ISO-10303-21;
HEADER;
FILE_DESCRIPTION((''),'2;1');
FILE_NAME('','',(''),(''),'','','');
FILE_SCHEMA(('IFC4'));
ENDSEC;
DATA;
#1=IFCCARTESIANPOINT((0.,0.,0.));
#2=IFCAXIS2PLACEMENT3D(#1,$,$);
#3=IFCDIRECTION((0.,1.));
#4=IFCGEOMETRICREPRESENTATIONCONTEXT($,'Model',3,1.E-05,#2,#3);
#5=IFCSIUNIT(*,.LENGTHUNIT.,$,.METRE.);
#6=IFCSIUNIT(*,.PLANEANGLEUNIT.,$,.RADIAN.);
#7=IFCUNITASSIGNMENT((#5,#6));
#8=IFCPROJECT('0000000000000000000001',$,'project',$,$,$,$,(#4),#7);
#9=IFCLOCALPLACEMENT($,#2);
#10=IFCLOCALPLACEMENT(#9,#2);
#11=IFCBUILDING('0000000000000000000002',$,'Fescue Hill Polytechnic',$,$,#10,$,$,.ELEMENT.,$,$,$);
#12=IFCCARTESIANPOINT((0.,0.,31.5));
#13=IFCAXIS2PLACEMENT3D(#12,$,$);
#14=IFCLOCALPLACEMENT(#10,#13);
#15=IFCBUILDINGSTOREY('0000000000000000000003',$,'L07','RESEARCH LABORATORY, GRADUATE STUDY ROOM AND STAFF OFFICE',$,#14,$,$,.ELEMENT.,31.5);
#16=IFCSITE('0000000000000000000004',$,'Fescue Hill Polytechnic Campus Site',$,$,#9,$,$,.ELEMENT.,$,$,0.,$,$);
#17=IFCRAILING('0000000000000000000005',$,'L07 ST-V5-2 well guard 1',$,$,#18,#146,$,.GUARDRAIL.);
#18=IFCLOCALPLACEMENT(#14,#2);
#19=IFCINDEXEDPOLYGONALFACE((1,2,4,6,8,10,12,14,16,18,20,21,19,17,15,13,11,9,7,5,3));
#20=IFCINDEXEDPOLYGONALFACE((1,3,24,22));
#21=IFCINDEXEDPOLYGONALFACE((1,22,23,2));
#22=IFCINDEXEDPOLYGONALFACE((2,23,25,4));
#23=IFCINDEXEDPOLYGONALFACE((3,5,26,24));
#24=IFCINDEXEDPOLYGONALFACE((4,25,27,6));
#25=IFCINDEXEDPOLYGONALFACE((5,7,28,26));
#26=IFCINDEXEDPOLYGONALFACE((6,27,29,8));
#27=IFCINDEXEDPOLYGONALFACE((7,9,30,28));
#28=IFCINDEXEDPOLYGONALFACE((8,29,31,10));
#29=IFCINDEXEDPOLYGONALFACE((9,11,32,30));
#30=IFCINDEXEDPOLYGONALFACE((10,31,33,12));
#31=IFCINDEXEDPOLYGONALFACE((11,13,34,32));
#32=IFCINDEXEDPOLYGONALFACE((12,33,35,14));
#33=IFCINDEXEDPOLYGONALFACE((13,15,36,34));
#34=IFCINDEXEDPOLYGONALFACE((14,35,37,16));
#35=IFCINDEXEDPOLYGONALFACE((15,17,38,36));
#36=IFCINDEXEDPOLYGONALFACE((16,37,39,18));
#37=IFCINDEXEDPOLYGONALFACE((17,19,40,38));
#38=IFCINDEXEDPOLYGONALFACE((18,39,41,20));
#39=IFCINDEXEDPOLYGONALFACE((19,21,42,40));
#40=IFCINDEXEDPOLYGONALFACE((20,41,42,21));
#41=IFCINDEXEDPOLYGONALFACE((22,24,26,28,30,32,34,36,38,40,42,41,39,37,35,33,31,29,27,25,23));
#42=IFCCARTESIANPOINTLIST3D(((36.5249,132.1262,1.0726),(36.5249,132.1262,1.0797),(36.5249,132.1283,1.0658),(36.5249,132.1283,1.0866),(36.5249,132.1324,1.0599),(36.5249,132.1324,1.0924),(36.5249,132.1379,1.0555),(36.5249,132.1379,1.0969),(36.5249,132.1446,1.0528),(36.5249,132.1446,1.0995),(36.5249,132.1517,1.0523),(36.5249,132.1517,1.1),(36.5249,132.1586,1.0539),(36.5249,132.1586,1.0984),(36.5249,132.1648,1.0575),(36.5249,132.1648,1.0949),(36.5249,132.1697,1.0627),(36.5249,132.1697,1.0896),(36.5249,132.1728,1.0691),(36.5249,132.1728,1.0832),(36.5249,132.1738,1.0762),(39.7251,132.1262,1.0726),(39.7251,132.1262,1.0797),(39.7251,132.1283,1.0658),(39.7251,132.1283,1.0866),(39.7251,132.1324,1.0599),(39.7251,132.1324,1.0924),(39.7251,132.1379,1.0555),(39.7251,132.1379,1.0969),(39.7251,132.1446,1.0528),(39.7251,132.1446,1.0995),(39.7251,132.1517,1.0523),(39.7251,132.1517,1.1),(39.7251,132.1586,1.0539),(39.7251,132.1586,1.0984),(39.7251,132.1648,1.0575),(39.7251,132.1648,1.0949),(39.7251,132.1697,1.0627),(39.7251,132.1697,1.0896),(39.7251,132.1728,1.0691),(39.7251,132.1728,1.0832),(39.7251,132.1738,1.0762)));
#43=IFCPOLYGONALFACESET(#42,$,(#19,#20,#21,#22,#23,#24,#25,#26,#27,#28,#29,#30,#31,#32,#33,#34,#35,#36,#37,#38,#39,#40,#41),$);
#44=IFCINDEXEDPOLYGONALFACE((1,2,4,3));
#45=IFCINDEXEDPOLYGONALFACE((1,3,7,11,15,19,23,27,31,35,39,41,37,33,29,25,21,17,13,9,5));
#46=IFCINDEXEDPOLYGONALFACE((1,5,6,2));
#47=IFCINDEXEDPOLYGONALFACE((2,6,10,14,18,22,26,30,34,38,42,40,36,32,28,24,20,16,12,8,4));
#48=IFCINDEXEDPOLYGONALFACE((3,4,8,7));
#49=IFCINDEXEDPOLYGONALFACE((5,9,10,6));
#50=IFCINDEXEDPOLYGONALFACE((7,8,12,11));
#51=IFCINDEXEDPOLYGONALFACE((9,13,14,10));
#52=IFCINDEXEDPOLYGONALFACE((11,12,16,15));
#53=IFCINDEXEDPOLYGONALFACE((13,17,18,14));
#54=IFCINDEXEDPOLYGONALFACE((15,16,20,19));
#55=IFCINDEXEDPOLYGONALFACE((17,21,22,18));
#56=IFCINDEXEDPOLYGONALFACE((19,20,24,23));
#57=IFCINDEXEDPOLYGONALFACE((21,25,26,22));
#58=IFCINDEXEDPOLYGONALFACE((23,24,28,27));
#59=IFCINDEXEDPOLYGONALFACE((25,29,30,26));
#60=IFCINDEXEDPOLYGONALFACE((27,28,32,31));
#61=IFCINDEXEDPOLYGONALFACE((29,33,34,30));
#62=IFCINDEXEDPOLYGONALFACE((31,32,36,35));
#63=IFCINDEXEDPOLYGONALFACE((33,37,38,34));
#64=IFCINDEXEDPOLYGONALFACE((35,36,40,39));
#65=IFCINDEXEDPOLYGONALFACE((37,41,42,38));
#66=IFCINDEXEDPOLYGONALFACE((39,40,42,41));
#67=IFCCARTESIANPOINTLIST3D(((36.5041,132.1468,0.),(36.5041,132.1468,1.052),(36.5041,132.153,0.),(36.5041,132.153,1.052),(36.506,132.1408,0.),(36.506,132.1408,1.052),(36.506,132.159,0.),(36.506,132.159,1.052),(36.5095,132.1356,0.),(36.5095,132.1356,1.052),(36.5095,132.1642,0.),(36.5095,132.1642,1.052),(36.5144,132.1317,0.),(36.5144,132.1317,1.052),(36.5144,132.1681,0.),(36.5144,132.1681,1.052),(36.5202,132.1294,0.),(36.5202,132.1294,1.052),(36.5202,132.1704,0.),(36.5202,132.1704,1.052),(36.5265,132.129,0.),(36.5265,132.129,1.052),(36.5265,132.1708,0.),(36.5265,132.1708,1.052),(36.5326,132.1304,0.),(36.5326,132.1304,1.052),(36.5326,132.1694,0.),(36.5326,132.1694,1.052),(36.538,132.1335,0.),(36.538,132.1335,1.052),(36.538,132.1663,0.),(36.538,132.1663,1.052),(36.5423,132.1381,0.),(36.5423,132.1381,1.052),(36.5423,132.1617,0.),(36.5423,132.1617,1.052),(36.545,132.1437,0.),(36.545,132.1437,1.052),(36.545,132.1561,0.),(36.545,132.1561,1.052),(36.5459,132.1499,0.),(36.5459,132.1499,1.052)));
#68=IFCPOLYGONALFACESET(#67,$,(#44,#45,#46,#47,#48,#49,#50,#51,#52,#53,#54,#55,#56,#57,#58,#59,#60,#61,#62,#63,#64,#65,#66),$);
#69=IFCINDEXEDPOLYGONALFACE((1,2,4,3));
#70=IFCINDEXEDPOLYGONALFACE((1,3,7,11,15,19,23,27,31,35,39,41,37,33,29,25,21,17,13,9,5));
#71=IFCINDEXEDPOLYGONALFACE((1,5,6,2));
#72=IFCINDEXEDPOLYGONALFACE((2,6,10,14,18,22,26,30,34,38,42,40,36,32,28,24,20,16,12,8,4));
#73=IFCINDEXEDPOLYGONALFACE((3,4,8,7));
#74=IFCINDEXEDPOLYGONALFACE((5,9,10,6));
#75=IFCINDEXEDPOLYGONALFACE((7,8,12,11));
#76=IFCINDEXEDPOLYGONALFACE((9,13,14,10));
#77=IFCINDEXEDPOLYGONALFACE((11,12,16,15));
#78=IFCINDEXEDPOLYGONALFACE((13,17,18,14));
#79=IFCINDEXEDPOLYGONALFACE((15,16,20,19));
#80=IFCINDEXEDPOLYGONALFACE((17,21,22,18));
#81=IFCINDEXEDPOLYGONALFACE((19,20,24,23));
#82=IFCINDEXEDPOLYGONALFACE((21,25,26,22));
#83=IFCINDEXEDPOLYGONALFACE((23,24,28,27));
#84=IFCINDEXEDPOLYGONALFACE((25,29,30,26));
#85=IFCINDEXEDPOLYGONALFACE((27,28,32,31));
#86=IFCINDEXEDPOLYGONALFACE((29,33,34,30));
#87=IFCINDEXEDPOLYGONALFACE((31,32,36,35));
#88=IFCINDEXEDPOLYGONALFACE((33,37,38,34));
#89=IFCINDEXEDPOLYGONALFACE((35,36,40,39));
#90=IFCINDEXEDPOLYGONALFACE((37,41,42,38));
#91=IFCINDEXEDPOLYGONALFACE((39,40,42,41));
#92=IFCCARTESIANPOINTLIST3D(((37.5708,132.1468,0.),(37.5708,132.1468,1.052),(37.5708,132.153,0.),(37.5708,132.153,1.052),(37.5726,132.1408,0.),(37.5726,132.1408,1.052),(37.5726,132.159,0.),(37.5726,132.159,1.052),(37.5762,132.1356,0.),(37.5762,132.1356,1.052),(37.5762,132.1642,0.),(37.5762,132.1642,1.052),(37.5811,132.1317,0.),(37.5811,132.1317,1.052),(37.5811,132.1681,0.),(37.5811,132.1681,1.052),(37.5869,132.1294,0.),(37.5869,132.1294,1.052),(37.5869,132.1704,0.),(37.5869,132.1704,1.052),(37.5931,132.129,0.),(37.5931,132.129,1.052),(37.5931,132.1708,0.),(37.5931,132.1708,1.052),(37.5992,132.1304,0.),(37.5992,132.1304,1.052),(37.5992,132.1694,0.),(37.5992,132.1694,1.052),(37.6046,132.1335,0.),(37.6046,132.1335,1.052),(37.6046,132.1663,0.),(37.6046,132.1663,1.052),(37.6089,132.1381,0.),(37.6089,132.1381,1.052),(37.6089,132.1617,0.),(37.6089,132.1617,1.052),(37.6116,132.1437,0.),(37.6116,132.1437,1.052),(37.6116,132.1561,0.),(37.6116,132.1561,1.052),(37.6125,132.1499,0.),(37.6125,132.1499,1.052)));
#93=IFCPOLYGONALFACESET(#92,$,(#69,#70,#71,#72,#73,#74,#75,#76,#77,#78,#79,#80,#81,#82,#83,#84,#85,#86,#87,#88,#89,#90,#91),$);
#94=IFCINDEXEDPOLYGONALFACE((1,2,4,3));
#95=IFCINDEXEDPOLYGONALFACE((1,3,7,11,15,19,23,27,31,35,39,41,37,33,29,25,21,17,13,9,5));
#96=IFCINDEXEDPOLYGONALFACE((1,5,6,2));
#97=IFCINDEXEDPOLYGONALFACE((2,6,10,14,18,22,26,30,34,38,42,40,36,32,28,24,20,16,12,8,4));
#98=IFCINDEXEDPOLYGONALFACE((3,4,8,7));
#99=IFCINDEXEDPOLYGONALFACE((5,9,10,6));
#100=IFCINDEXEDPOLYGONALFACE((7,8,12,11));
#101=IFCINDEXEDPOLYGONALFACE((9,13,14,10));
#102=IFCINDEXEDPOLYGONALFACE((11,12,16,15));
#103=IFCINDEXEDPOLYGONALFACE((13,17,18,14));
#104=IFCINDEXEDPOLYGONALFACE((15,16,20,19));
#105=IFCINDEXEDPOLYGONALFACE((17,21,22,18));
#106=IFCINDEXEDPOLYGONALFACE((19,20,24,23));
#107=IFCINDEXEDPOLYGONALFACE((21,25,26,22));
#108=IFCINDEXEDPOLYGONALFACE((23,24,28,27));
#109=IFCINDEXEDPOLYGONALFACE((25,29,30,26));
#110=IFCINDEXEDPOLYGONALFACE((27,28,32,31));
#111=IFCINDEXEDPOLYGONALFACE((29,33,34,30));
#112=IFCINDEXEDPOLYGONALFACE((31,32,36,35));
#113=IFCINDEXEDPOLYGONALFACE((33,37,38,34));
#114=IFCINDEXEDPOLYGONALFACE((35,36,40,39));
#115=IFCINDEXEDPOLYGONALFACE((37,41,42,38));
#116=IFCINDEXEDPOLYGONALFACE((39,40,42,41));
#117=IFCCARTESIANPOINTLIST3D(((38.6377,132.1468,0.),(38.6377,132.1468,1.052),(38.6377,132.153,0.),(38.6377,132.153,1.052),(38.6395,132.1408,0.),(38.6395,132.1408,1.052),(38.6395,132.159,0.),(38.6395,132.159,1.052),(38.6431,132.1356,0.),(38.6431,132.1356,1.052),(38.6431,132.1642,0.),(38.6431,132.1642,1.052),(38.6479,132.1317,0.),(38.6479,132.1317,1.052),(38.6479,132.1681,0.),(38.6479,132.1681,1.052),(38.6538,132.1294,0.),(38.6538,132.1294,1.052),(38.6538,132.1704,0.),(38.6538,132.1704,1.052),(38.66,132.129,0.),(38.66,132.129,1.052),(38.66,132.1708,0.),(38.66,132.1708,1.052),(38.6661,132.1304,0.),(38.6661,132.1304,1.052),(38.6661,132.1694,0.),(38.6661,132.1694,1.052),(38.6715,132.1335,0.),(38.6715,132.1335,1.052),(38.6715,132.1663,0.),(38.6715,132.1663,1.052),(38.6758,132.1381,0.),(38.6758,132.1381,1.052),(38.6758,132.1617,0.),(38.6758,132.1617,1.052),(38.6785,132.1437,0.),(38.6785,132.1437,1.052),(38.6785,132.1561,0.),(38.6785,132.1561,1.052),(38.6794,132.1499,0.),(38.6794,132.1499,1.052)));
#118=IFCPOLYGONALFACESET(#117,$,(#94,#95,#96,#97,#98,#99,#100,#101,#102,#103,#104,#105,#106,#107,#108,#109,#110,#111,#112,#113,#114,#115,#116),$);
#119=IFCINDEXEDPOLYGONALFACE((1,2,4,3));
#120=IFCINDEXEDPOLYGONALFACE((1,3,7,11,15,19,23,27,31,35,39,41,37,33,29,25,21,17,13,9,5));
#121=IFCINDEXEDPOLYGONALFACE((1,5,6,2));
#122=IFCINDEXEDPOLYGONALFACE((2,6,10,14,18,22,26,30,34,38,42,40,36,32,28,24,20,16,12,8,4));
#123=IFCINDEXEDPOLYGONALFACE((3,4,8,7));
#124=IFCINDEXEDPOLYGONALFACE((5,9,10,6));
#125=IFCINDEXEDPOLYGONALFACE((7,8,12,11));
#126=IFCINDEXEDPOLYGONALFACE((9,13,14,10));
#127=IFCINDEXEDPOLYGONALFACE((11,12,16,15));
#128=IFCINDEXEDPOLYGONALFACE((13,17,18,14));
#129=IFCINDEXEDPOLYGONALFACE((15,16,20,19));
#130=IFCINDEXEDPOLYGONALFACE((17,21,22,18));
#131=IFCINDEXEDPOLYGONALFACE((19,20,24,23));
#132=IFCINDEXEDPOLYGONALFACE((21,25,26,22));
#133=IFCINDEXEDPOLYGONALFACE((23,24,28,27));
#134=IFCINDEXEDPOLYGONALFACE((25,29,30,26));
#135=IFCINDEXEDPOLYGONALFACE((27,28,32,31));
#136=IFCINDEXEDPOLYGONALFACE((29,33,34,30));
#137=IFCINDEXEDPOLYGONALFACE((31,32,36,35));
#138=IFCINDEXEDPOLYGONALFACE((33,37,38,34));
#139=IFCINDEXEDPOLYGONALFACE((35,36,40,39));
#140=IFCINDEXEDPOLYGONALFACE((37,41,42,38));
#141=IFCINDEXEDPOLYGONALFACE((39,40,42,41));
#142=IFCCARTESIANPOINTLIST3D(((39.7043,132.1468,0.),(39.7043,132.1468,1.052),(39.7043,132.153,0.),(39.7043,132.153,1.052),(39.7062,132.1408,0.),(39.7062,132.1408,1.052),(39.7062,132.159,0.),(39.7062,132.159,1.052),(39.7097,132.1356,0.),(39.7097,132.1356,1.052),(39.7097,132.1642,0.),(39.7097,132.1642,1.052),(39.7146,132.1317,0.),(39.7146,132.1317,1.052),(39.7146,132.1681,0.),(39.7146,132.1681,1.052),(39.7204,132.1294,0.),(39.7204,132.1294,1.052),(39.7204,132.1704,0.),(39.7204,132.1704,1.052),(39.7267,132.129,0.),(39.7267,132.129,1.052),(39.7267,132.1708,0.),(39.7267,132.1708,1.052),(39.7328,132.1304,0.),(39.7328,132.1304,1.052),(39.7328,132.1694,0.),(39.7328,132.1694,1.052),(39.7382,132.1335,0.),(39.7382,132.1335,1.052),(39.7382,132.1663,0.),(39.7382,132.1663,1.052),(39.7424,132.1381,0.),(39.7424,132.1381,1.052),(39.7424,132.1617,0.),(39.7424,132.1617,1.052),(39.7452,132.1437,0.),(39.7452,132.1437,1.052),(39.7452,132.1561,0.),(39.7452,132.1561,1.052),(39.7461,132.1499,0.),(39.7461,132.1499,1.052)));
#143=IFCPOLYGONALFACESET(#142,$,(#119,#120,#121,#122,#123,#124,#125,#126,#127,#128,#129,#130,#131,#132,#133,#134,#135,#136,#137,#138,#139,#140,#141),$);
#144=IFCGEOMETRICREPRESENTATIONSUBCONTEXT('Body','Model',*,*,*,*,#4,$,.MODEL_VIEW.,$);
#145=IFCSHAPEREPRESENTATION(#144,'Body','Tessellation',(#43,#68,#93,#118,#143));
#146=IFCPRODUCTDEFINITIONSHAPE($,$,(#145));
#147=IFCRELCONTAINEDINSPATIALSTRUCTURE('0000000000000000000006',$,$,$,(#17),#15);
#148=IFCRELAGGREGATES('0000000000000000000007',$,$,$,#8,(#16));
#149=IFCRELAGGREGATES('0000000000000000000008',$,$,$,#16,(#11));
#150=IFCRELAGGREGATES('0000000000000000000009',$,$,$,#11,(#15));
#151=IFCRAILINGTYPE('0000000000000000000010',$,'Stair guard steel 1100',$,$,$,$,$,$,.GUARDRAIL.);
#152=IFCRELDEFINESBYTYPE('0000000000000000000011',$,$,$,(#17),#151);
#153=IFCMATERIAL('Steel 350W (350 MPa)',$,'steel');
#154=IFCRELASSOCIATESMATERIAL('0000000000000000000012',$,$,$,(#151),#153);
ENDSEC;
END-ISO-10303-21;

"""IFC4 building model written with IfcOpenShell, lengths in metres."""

from ifc_helpers import new_model, si_unit, direction, frame, origin, origin_2d, place, context, subcontext, project, spatial, circle, extrude, material, type_object, element, save


model = new_model("IFC4")

# Units and contexts
model_context = context("Model", 3, precision=1e-05, world=origin(), true_north=direction((0.0, 1.0)))
body_context = subcontext(model_context, "Body", "Model", "MODEL_VIEW")
ifc_project = project(units=[si_unit("LENGTHUNIT", "METRE"), si_unit("PLANEANGLEUNIT", "RADIAN")], contexts=[model_context])

# Site, building, storey
site_placement = place(None, origin())
site = spatial("IfcSite", under=ifc_project, at=site_placement, Name="Fescue Hill Polytechnic Campus Site", CompositionType="ELEMENT", RefElevation=0.0)
building_placement = place(site_placement, origin())
building = spatial("IfcBuilding", under=site, at=building_placement, Name="Fescue Hill Polytechnic", CompositionType="ELEMENT")
storey_placement = place(building_placement, frame((0.0, 0.0, 31.5)))
storey = spatial("IfcBuildingStorey", under=building, at=storey_placement, Name="L07", Description="RESEARCH LABORATORY, GRADUATE STUDY ROOM AND STAFF OFFICE", CompositionType="ELEMENT", Elevation=31.5)

# Railing
ifc_material_1 = material(Name="Steel 350W (350 MPa)", Category="steel")
railing_type = type_object("IfcRailingType", Name="Stair guard steel 1100", PredefinedType="GUARDRAIL", material=ifc_material_1)
railing_placement = place(storey_placement, frame((36.5249, 132.1499, 0.0)))
element("IfcRailing", 1, at=railing_placement, inside=storey, type_object=railing_type, Name="L07 ST-V5-2 well guard 1", PredefinedType="GUARDRAIL", context=body_context, shape_type="SweptSolid", body=[
    extrude(circle(Radius=0.0239, at=origin_2d()), frame((0.0, 0.0, 1.0762), z_axis=(1.0, 0.0, 0.0), x_axis=(0.0, 1.0, 0.0)), (0.0, 0.0, 1.0), 3.2002),
    extrude(circle(Radius=0.021, at=origin_2d()), origin(), (0.0, 0.0, 1.0), 1.052),
    extrude(circle(Radius=0.021, at=origin_2d()), frame((1.0667, 0.0, 0.0)), (0.0, 0.0, 1.0), 1.052),
    extrude(circle(Radius=0.021, at=origin_2d()), frame((2.1335, 0.0, 0.0)), (0.0, 0.0, 1.0), 1.052),
    extrude(circle(Radius=0.021, at=origin_2d()), frame((3.2002, 0.0, 0.0)), (0.0, 0.0, 1.0), 1.052),
])

save(model, "model.ifc")
